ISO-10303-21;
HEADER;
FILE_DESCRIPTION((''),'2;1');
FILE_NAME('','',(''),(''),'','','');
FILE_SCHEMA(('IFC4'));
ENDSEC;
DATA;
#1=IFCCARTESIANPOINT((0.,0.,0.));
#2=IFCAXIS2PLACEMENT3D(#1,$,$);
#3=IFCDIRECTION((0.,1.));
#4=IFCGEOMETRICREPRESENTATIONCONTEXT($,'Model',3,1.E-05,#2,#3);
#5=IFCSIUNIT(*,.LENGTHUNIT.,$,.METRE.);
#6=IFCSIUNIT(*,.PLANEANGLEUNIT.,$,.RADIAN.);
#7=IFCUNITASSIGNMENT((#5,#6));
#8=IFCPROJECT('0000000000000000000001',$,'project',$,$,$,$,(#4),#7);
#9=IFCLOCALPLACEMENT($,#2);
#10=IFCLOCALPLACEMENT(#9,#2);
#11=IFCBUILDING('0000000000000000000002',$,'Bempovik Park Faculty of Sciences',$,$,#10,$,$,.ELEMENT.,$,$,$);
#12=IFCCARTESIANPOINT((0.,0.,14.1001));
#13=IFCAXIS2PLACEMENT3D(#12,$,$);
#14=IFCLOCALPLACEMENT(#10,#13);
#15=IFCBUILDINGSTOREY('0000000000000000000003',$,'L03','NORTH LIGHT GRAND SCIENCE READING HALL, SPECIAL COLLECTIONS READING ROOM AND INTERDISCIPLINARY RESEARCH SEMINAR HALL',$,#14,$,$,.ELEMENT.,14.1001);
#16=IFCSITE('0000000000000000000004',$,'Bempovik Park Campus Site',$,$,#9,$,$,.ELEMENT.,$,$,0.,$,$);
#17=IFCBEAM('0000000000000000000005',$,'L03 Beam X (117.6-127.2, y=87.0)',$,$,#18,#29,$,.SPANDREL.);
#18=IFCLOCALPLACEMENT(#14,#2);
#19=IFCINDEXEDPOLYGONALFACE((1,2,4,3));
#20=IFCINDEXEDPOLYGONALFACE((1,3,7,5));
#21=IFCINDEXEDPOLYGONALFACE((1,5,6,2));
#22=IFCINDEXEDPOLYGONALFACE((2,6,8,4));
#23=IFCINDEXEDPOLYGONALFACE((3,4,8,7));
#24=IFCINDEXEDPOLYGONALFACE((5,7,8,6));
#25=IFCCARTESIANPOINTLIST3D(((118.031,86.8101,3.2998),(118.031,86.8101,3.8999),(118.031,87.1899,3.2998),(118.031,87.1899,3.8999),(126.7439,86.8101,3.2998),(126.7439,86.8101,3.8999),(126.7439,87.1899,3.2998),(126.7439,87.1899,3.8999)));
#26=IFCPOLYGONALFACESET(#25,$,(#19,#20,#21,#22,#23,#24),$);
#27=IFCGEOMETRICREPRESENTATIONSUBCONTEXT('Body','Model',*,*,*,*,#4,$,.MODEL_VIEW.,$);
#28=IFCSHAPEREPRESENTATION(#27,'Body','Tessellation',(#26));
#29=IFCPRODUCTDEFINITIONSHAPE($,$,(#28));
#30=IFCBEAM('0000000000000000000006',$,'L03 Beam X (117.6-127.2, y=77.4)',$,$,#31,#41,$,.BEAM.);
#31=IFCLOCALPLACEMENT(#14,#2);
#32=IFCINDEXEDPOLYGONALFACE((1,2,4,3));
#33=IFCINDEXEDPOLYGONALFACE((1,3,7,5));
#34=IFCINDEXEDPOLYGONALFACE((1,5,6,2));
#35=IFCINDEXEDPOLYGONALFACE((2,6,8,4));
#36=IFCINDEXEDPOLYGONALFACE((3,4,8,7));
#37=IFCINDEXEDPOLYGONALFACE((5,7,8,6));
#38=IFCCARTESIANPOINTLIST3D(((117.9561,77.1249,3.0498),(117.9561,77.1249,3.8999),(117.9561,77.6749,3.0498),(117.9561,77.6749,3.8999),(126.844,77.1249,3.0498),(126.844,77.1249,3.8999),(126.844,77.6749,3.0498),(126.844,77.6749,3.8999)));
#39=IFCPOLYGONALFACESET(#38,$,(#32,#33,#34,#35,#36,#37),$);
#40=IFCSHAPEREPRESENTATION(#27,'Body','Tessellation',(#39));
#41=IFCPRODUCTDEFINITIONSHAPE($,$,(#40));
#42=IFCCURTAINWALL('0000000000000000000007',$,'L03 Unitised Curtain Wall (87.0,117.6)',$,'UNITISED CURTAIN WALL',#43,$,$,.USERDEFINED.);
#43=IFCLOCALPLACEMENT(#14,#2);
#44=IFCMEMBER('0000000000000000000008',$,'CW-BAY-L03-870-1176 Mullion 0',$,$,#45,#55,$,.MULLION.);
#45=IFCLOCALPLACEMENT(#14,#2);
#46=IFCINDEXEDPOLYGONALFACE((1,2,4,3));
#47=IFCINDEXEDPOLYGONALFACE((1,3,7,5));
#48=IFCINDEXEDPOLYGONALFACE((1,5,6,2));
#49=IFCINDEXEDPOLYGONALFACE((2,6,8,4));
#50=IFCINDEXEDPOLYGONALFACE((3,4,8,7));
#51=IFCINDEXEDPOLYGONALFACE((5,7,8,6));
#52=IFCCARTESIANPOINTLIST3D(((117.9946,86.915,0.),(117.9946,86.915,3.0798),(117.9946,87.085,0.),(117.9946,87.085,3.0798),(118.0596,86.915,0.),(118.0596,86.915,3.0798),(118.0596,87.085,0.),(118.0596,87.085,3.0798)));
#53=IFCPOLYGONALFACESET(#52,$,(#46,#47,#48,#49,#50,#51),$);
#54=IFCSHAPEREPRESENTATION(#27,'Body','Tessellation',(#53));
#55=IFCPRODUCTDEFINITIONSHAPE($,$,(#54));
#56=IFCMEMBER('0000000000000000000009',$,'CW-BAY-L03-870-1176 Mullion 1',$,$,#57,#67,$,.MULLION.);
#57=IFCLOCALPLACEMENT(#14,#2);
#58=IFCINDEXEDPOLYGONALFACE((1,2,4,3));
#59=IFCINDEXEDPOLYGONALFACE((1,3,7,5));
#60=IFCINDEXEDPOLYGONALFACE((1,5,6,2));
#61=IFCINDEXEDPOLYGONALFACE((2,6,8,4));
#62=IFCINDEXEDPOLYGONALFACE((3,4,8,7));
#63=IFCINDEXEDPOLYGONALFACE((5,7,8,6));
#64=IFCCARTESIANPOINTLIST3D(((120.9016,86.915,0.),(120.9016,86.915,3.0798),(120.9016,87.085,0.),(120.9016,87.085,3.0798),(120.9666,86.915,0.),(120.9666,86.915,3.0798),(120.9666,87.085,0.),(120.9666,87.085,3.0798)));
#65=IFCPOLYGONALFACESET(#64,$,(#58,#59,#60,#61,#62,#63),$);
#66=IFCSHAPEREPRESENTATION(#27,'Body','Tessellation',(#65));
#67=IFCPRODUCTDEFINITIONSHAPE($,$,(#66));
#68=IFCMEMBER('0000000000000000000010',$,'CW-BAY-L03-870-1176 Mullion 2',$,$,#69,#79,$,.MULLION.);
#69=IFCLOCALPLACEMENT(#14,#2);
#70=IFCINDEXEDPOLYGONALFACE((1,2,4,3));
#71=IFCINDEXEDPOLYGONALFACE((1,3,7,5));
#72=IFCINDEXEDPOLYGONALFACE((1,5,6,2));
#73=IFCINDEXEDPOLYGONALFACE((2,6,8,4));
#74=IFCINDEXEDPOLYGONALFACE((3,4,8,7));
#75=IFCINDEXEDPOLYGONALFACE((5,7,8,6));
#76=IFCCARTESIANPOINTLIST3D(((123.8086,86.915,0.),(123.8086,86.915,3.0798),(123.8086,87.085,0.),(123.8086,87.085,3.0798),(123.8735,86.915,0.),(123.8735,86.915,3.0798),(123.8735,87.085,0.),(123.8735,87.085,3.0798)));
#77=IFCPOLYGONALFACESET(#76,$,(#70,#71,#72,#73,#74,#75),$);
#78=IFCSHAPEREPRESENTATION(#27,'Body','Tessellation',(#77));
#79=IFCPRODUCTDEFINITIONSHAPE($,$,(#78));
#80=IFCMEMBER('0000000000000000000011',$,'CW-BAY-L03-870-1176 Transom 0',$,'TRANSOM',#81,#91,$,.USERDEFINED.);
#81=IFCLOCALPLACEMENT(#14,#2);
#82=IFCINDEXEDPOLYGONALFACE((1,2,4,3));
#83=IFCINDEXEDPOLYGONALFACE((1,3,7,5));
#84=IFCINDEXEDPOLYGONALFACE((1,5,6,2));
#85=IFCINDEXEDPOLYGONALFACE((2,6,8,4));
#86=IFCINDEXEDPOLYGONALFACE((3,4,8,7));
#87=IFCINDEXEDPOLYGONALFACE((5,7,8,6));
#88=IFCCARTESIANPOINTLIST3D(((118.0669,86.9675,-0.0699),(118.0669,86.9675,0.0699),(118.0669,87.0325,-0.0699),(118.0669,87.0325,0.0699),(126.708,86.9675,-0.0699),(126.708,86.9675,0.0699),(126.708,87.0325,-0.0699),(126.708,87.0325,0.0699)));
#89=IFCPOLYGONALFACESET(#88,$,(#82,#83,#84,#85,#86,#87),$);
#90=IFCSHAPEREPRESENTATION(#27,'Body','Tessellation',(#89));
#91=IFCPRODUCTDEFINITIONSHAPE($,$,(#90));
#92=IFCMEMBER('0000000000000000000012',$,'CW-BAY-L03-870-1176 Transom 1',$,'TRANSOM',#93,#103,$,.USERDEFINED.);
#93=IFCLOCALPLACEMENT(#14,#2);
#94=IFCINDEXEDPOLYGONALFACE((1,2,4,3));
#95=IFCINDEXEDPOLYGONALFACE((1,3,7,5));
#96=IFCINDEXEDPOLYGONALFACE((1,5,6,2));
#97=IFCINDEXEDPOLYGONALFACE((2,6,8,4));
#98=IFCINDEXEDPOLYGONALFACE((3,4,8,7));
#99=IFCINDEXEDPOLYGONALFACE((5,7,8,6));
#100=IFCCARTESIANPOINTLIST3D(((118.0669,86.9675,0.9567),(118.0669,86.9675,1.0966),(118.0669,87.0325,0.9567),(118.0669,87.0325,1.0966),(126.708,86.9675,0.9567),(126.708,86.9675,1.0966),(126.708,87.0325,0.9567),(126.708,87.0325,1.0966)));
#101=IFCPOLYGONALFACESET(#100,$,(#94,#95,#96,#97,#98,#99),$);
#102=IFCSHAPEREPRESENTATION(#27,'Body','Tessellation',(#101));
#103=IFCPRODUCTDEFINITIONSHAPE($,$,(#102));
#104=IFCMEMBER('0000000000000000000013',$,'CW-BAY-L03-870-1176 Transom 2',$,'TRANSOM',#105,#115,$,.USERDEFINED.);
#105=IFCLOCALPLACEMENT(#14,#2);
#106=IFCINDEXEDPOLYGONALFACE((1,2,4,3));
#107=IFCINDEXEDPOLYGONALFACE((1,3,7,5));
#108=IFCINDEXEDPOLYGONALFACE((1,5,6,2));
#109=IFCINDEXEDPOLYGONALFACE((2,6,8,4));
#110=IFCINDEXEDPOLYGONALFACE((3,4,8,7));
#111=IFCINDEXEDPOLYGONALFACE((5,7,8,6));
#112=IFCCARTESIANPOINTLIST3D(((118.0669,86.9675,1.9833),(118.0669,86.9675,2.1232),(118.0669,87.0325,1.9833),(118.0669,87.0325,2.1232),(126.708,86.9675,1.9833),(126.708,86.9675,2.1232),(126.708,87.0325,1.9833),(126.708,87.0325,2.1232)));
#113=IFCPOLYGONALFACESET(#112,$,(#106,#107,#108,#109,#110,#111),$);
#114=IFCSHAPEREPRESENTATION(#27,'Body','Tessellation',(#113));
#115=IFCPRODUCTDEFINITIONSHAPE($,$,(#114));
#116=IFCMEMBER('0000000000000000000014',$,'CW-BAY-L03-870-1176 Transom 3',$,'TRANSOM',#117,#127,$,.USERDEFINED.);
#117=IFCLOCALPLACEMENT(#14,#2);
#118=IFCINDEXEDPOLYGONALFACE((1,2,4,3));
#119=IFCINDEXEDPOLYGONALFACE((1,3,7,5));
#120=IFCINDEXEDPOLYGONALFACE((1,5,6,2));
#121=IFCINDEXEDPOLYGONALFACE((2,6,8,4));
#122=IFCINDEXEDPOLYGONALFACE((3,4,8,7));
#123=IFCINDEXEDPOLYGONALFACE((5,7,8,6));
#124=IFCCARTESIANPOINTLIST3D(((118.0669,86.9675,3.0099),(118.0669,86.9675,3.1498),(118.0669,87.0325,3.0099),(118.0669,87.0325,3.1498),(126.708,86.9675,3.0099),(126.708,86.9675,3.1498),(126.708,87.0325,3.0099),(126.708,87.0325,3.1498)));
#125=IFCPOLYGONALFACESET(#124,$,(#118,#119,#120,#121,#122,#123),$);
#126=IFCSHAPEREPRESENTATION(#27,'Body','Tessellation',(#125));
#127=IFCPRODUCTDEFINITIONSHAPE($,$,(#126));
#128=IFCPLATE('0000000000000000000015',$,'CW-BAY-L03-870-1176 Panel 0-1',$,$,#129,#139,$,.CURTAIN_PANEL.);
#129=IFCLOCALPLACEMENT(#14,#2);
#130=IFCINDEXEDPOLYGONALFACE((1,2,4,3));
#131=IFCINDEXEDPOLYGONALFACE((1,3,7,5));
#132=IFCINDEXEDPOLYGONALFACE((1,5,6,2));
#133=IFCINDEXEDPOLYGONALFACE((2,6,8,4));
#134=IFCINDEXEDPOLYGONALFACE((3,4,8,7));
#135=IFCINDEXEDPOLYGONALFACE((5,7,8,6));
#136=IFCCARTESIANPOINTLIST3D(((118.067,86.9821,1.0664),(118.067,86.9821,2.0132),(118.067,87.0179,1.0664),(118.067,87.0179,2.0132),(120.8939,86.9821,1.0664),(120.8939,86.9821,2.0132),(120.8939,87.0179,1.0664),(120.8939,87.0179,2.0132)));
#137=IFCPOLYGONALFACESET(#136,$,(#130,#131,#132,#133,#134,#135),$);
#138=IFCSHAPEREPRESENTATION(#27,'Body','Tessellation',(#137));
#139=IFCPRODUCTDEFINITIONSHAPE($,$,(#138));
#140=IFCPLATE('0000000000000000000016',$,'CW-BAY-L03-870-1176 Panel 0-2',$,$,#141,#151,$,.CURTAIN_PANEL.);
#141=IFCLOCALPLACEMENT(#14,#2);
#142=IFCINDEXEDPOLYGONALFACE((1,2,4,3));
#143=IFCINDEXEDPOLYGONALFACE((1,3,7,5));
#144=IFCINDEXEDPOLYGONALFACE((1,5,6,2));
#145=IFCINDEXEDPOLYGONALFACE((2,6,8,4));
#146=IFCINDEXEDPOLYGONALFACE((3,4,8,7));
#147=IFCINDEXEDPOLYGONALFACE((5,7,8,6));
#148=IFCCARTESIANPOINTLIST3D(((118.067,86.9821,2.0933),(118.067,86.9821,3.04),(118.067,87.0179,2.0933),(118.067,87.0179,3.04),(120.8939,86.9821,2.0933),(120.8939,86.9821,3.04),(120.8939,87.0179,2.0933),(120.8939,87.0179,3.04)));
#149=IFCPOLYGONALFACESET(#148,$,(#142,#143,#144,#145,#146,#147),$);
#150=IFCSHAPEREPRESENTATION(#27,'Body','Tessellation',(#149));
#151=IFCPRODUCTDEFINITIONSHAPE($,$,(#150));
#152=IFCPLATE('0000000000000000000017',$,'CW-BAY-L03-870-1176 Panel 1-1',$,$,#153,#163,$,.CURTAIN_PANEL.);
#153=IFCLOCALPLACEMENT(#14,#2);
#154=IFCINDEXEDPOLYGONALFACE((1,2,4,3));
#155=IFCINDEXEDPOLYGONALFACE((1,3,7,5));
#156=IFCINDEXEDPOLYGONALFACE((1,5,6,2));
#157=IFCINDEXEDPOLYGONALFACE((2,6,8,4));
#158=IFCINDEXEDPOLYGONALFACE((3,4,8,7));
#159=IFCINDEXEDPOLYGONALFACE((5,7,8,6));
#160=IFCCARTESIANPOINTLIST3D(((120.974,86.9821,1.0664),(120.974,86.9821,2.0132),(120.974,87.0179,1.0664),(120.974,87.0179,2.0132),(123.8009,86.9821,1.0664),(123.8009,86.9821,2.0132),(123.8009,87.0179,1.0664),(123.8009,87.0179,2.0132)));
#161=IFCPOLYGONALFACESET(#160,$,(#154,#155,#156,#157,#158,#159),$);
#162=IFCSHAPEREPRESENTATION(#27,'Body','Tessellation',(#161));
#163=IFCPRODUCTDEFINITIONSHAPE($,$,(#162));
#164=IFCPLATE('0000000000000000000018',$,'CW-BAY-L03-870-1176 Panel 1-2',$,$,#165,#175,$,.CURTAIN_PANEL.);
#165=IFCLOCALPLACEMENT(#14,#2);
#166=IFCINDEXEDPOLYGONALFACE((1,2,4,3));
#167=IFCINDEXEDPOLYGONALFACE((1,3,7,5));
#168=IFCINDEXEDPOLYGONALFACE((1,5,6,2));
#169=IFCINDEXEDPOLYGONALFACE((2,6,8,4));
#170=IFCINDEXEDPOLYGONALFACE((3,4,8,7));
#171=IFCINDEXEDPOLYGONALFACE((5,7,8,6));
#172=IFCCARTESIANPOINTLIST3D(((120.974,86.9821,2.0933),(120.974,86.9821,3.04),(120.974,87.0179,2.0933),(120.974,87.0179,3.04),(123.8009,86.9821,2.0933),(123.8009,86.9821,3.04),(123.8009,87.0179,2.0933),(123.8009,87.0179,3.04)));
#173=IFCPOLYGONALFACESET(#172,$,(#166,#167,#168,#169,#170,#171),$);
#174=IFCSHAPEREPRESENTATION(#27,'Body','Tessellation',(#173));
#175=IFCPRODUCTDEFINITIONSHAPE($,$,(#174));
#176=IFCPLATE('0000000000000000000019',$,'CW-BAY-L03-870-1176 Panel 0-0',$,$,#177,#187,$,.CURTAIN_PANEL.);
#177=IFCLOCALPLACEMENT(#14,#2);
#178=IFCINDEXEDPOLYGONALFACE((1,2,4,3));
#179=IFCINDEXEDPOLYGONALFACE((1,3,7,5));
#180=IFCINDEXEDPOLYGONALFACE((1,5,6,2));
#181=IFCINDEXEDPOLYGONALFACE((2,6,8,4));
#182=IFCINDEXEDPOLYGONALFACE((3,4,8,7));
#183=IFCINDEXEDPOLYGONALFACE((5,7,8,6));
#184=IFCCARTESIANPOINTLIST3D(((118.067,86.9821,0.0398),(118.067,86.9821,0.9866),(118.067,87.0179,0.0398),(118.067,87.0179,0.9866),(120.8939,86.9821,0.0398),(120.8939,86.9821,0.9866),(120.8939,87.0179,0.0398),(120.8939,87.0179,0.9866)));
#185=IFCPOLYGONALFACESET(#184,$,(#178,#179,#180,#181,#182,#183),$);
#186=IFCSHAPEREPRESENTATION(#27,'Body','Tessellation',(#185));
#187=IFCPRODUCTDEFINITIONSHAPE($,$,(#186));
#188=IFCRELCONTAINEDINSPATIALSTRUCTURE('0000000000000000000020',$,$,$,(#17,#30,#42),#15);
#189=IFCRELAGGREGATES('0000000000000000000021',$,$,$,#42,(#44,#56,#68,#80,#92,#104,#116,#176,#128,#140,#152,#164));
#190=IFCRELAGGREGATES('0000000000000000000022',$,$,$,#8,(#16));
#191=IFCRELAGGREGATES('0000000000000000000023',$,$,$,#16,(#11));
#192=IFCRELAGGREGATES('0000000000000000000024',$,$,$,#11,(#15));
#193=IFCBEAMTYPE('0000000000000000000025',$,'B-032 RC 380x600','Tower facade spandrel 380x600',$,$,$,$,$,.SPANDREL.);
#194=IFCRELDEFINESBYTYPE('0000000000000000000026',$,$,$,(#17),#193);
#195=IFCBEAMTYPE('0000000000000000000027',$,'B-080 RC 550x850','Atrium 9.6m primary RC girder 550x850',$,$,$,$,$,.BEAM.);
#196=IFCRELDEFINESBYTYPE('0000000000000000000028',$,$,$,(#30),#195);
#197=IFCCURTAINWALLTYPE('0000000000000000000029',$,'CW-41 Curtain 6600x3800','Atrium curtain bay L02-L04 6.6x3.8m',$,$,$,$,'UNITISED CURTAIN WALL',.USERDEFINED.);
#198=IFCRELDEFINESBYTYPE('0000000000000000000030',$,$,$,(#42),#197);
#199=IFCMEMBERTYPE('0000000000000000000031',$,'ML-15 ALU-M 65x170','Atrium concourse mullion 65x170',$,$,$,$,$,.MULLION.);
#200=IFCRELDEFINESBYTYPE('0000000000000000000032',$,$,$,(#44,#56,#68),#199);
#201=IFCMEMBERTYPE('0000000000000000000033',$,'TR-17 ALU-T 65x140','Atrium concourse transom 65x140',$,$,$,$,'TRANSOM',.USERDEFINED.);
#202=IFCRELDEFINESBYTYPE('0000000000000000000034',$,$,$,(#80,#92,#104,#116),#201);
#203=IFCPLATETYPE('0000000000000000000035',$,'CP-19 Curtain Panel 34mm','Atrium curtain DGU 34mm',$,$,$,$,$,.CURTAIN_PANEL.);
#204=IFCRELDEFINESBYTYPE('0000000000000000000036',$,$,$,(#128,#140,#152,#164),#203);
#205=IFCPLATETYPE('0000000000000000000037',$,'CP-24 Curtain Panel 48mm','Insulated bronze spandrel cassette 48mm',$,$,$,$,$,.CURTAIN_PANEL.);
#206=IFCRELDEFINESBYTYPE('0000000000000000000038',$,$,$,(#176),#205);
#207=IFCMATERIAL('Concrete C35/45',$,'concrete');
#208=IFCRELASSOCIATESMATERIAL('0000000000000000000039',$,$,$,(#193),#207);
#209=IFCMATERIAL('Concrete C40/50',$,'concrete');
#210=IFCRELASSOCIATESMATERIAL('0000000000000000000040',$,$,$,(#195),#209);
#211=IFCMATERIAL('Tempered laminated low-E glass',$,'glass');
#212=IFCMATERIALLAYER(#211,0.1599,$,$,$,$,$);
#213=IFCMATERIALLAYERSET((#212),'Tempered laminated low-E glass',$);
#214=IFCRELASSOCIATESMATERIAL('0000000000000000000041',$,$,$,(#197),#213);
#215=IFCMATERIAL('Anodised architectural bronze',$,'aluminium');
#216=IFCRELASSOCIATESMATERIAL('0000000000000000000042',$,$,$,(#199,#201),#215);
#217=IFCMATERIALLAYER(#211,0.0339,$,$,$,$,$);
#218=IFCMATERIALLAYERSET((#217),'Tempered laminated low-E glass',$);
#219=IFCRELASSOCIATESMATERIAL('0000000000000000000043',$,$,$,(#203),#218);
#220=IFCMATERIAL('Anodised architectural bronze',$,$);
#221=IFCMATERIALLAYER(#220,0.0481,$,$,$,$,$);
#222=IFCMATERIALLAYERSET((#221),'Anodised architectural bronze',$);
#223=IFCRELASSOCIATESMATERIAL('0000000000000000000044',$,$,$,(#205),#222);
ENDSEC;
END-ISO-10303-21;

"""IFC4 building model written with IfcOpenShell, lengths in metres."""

from ifc_helpers import new_model, si_unit, direction, frame, origin, origin_2d, place, context, subcontext, project, spatial, rectangle, extrude, material, layer, layer_set, material_profile, profile_set, type_object, element, aggregate, save


model = new_model("IFC4")

# Units and contexts
model_context = context("Model", 3, precision=1e-05, world=origin(), true_north=direction((0.0, 1.0)))
body_context = subcontext(model_context, "Body", "Model", "MODEL_VIEW")
ifc_project = project(units=[si_unit("LENGTHUNIT", "METRE"), si_unit("PLANEANGLEUNIT", "RADIAN")], contexts=[model_context])

# Site, building, storey
site_placement = place(None, origin())
site = spatial("IfcSite", under=ifc_project, at=site_placement, Name="Bempovik Park Campus Site", CompositionType="ELEMENT", RefElevation=0.0)
building_placement = place(site_placement, origin())
building = spatial("IfcBuilding", under=site, at=building_placement, Name="Bempovik Park Faculty of Sciences", CompositionType="ELEMENT")
storey_placement = place(building_placement, frame((0.0, 0.0, 14.1001)))
storey = spatial("IfcBuildingStorey", under=building, at=storey_placement, Name="L03", Description="NORTH LIGHT GRAND SCIENCE READING HALL, SPECIAL COLLECTIONS READING ROOM AND INTERDISCIPLINARY RESEARCH SEMINAR HALL", CompositionType="ELEMENT", Elevation=14.1001)

# Beams
ifc_material_1 = material(Name="Concrete C35/45", Category="concrete")
ifc_material_profile_1 = material_profile(ifc_material_1, rectangle(XDim=0.3799, YDim=0.6001, at=origin_2d()), Name="RC 380x600")
ifc_profile_set_1 = profile_set([ifc_material_profile_1], Name="Concrete C35/45")
beam_type_1 = type_object("IfcBeamType", Name="B-032 RC 380x600", Description="Tower facade spandrel 380x600", PredefinedType="SPANDREL", material=ifc_profile_set_1)
beam_1_placement = place(storey_placement, frame((118.031, 87.0, 3.5999), z_axis=(1.0, 0.0, 0.0), x_axis=(0.0, 1.0, 0.0)))
element("IfcBeam", 1, at=beam_1_placement, inside=storey, type_object=beam_type_1, Name="L03 Beam X (117.6-127.2, y=87.0)", PredefinedType="SPANDREL", context=body_context, shape_type="SweptSolid", body=[
    extrude(rectangle(XDim=0.3799, YDim=0.6001, at=origin_2d()), origin(), (0.0, 0.0, 1.0), 8.7129),
])
ifc_material_2 = material(Name="Concrete C40/50", Category="concrete")
ifc_material_profile_2 = material_profile(ifc_material_2, rectangle(XDim=0.55, YDim=0.8501, at=origin_2d()), Name="RC 550x850")
ifc_profile_set_2 = profile_set([ifc_material_profile_2], Name="Concrete C40/50")
beam_type_2 = type_object("IfcBeamType", Name="B-080 RC 550x850", Description="Atrium 9.6m primary RC girder 550x850", PredefinedType="BEAM", material=ifc_profile_set_2)
beam_2_placement = place(storey_placement, frame((117.9561, 77.3999, 3.4749), z_axis=(1.0, 0.0, 0.0), x_axis=(0.0, 1.0, 0.0)))
element("IfcBeam", 2, at=beam_2_placement, inside=storey, type_object=beam_type_2, Name="L03 Beam X (117.6-127.2, y=77.4)", PredefinedType="BEAM", context=body_context, shape_type="SweptSolid", body=[
    extrude(rectangle(XDim=0.55, YDim=0.8501, at=origin_2d()), origin(), (0.0, 0.0, 1.0), 8.8879),
])

# Curtain wall, members, plates
ifc_material_3 = material(Name="Tempered laminated low-E glass", Category="glass")
ifc_layer_1 = layer(ifc_material_3, 0.1599)
ifc_layer_set_1 = layer_set([ifc_layer_1], Name="Tempered laminated low-E glass")
curtain_wall_type = type_object("IfcCurtainWallType", Name="CW-41 Curtain 6600x3800", Description="Atrium curtain bay L02-L04 6.6x3.8m", ElementType="UNITISED CURTAIN WALL", PredefinedType="USERDEFINED", material=ifc_layer_set_1)
curtain_wall_placement = place(storey_placement, origin())
curtain_wall = element("IfcCurtainWall", 3, at=curtain_wall_placement, inside=storey, type_object=curtain_wall_type, Name="L03 Unitised Curtain Wall (87.0,117.6)", ObjectType="UNITISED CURTAIN WALL", PredefinedType="USERDEFINED")
ifc_material_4 = material(Name="Anodised architectural bronze", Category="aluminium")
ifc_material_profile_3 = material_profile(ifc_material_4, rectangle(XDim=0.0649, YDim=0.1699, at=origin_2d()), Name="ALU-M 65x170")
ifc_profile_set_3 = profile_set([ifc_material_profile_3], Name="Anodised architectural bronze")
member_type_1 = type_object("IfcMemberType", Name="ML-15 ALU-M 65x170", Description="Atrium concourse mullion 65x170", PredefinedType="MULLION", material=ifc_profile_set_3)
member_1_placement = place(storey_placement, frame((118.0271, 87.0, 0.0), z_axis=(0.0, 0.0, 1.0), x_axis=(1.0, 0.0, 0.0)))
member_1 = element("IfcMember", 4, at=member_1_placement, type_object=member_type_1, Name="CW-BAY-L03-870-1176 Mullion 0", PredefinedType="MULLION", context=body_context, shape_type="SweptSolid", body=[
    extrude(rectangle(XDim=0.0649, YDim=0.1699, at=origin_2d()), origin(), (0.0, 0.0, 1.0), 3.0798),
])
member_2_placement = place(storey_placement, frame((120.9341, 87.0, 0.0), z_axis=(0.0, 0.0, 1.0), x_axis=(1.0, 0.0, 0.0)))
member_2 = element("IfcMember", 5, at=member_2_placement, type_object=member_type_1, Name="CW-BAY-L03-870-1176 Mullion 1", PredefinedType="MULLION", context=body_context, shape_type="SweptSolid", body=[
    extrude(rectangle(XDim=0.0649, YDim=0.1699, at=origin_2d()), origin(), (0.0, 0.0, 1.0), 3.0798),
])
member_3_placement = place(storey_placement, frame((123.8411, 87.0, 0.0), z_axis=(0.0, 0.0, 1.0), x_axis=(1.0, 0.0, 0.0)))
member_3 = element("IfcMember", 6, at=member_3_placement, type_object=member_type_1, Name="CW-BAY-L03-870-1176 Mullion 2", PredefinedType="MULLION", context=body_context, shape_type="SweptSolid", body=[
    extrude(rectangle(XDim=0.0649, YDim=0.1699, at=origin_2d()), origin(), (0.0, 0.0, 1.0), 3.0798),
])
ifc_material_profile_4 = material_profile(ifc_material_4, rectangle(XDim=0.0649, YDim=0.1399, at=origin_2d()), Name="ALU-T 65x140")
ifc_profile_set_4 = profile_set([ifc_material_profile_4], Name="Anodised architectural bronze")
member_type_2 = type_object("IfcMemberType", Name="TR-17 ALU-T 65x140", Description="Atrium concourse transom 65x140", ElementType="TRANSOM", PredefinedType="USERDEFINED", material=ifc_profile_set_4)
member_4_placement = place(storey_placement, frame((118.0669, 87.0, 0.0), z_axis=(1.0, 0.0, 0.0), x_axis=(0.0, 1.0, 0.0)))
member_4 = element("IfcMember", 7, at=member_4_placement, type_object=member_type_2, Name="CW-BAY-L03-870-1176 Transom 0", ObjectType="TRANSOM", PredefinedType="USERDEFINED", context=body_context, shape_type="SweptSolid", body=[
    extrude(rectangle(XDim=0.0649, YDim=0.1399, at=origin_2d()), origin(), (0.0, 0.0, 1.0), 8.6411),
])
member_5_placement = place(storey_placement, frame((118.0669, 87.0, 1.0266), z_axis=(1.0, 0.0, 0.0), x_axis=(0.0, 1.0, 0.0)))
member_5 = element("IfcMember", 8, at=member_5_placement, type_object=member_type_2, Name="CW-BAY-L03-870-1176 Transom 1", ObjectType="TRANSOM", PredefinedType="USERDEFINED", context=body_context, shape_type="SweptSolid", body=[
    extrude(rectangle(XDim=0.0649, YDim=0.1399, at=origin_2d()), origin(), (0.0, 0.0, 1.0), 8.6411),
])
member_6_placement = place(storey_placement, frame((118.0669, 87.0, 2.0532), z_axis=(1.0, 0.0, 0.0), x_axis=(0.0, 1.0, 0.0)))
member_6 = element("IfcMember", 9, at=member_6_placement, type_object=member_type_2, Name="CW-BAY-L03-870-1176 Transom 2", ObjectType="TRANSOM", PredefinedType="USERDEFINED", context=body_context, shape_type="SweptSolid", body=[
    extrude(rectangle(XDim=0.0649, YDim=0.1399, at=origin_2d()), origin(), (0.0, 0.0, 1.0), 8.6411),
])
member_7_placement = place(storey_placement, frame((118.0669, 87.0, 3.0798), z_axis=(1.0, 0.0, 0.0), x_axis=(0.0, 1.0, 0.0)))
member_7 = element("IfcMember", 10, at=member_7_placement, type_object=member_type_2, Name="CW-BAY-L03-870-1176 Transom 3", ObjectType="TRANSOM", PredefinedType="USERDEFINED", context=body_context, shape_type="SweptSolid", body=[
    extrude(rectangle(XDim=0.0649, YDim=0.1399, at=origin_2d()), origin(), (0.0, 0.0, 1.0), 8.6411),
])
ifc_layer_2 = layer(ifc_material_3, 0.0339)
ifc_layer_set_2 = layer_set([ifc_layer_2], Name="Tempered laminated low-E glass")
plate_type_1 = type_object("IfcPlateType", Name="CP-19 Curtain Panel 34mm", Description="Atrium curtain DGU 34mm", PredefinedType="CURTAIN_PANEL", material=ifc_layer_set_2)
plate_1_placement = place(storey_placement, frame((119.4805, 87.0, 1.0664), z_axis=(0.0, 0.0, 1.0), x_axis=(1.0, 0.0, 0.0)))
plate_1 = element("IfcPlate", 11, at=plate_1_placement, type_object=plate_type_1, Name="CW-BAY-L03-870-1176 Panel 0-1", PredefinedType="CURTAIN_PANEL", context=body_context, shape_type="SweptSolid", body=[
    extrude(rectangle(XDim=2.8269, YDim=0.0359, at=origin_2d()), origin(), (0.0, 0.0, 1.0), 0.9468),
])
plate_2_placement = place(storey_placement, frame((119.4805, 87.0, 2.0933), z_axis=(0.0, 0.0, 1.0), x_axis=(1.0, 0.0, 0.0)))
plate_2 = element("IfcPlate", 12, at=plate_2_placement, type_object=plate_type_1, Name="CW-BAY-L03-870-1176 Panel 0-2", PredefinedType="CURTAIN_PANEL", context=body_context, shape_type="SweptSolid", body=[
    extrude(rectangle(XDim=2.8269, YDim=0.0359, at=origin_2d()), origin(), (0.0, 0.0, 1.0), 0.9468),
])
plate_3_placement = place(storey_placement, frame((122.3875, 87.0, 1.0664), z_axis=(0.0, 0.0, 1.0), x_axis=(1.0, 0.0, 0.0)))
plate_3 = element("IfcPlate", 13, at=plate_3_placement, type_object=plate_type_1, Name="CW-BAY-L03-870-1176 Panel 1-1", PredefinedType="CURTAIN_PANEL", context=body_context, shape_type="SweptSolid", body=[
    extrude(rectangle(XDim=2.8269, YDim=0.0359, at=origin_2d()), origin(), (0.0, 0.0, 1.0), 0.9468),
])
plate_4_placement = place(storey_placement, frame((122.3875, 87.0, 2.0933), z_axis=(0.0, 0.0, 1.0), x_axis=(1.0, 0.0, 0.0)))
plate_4 = element("IfcPlate", 14, at=plate_4_placement, type_object=plate_type_1, Name="CW-BAY-L03-870-1176 Panel 1-2", PredefinedType="CURTAIN_PANEL", context=body_context, shape_type="SweptSolid", body=[
    extrude(rectangle(XDim=2.8269, YDim=0.0359, at=origin_2d()), origin(), (0.0, 0.0, 1.0), 0.9468),
])
ifc_material_5 = material(Name="Anodised architectural bronze")
ifc_layer_3 = layer(ifc_material_5, 0.0481)
ifc_layer_set_3 = layer_set([ifc_layer_3], Name="Anodised architectural bronze")
plate_type_2 = type_object("IfcPlateType", Name="CP-24 Curtain Panel 48mm", Description="Insulated bronze spandrel cassette 48mm", PredefinedType="CURTAIN_PANEL", material=ifc_layer_set_3)
plate_5_placement = place(storey_placement, frame((119.4805, 87.0, 0.0398), z_axis=(0.0, 0.0, 1.0), x_axis=(1.0, 0.0, 0.0)))
plate_5 = element("IfcPlate", 15, at=plate_5_placement, type_object=plate_type_2, Name="CW-BAY-L03-870-1176 Panel 0-0", PredefinedType="CURTAIN_PANEL", context=body_context, shape_type="SweptSolid", body=[
    extrude(rectangle(XDim=2.8269, YDim=0.0359, at=origin_2d()), origin(), (0.0, 0.0, 1.0), 0.9468),
])
aggregate(curtain_wall, [member_1, member_2, member_3, member_4, member_5, member_6, member_7, plate_5, plate_1, plate_2, plate_3, plate_4])

save(model, "model.ifc")
